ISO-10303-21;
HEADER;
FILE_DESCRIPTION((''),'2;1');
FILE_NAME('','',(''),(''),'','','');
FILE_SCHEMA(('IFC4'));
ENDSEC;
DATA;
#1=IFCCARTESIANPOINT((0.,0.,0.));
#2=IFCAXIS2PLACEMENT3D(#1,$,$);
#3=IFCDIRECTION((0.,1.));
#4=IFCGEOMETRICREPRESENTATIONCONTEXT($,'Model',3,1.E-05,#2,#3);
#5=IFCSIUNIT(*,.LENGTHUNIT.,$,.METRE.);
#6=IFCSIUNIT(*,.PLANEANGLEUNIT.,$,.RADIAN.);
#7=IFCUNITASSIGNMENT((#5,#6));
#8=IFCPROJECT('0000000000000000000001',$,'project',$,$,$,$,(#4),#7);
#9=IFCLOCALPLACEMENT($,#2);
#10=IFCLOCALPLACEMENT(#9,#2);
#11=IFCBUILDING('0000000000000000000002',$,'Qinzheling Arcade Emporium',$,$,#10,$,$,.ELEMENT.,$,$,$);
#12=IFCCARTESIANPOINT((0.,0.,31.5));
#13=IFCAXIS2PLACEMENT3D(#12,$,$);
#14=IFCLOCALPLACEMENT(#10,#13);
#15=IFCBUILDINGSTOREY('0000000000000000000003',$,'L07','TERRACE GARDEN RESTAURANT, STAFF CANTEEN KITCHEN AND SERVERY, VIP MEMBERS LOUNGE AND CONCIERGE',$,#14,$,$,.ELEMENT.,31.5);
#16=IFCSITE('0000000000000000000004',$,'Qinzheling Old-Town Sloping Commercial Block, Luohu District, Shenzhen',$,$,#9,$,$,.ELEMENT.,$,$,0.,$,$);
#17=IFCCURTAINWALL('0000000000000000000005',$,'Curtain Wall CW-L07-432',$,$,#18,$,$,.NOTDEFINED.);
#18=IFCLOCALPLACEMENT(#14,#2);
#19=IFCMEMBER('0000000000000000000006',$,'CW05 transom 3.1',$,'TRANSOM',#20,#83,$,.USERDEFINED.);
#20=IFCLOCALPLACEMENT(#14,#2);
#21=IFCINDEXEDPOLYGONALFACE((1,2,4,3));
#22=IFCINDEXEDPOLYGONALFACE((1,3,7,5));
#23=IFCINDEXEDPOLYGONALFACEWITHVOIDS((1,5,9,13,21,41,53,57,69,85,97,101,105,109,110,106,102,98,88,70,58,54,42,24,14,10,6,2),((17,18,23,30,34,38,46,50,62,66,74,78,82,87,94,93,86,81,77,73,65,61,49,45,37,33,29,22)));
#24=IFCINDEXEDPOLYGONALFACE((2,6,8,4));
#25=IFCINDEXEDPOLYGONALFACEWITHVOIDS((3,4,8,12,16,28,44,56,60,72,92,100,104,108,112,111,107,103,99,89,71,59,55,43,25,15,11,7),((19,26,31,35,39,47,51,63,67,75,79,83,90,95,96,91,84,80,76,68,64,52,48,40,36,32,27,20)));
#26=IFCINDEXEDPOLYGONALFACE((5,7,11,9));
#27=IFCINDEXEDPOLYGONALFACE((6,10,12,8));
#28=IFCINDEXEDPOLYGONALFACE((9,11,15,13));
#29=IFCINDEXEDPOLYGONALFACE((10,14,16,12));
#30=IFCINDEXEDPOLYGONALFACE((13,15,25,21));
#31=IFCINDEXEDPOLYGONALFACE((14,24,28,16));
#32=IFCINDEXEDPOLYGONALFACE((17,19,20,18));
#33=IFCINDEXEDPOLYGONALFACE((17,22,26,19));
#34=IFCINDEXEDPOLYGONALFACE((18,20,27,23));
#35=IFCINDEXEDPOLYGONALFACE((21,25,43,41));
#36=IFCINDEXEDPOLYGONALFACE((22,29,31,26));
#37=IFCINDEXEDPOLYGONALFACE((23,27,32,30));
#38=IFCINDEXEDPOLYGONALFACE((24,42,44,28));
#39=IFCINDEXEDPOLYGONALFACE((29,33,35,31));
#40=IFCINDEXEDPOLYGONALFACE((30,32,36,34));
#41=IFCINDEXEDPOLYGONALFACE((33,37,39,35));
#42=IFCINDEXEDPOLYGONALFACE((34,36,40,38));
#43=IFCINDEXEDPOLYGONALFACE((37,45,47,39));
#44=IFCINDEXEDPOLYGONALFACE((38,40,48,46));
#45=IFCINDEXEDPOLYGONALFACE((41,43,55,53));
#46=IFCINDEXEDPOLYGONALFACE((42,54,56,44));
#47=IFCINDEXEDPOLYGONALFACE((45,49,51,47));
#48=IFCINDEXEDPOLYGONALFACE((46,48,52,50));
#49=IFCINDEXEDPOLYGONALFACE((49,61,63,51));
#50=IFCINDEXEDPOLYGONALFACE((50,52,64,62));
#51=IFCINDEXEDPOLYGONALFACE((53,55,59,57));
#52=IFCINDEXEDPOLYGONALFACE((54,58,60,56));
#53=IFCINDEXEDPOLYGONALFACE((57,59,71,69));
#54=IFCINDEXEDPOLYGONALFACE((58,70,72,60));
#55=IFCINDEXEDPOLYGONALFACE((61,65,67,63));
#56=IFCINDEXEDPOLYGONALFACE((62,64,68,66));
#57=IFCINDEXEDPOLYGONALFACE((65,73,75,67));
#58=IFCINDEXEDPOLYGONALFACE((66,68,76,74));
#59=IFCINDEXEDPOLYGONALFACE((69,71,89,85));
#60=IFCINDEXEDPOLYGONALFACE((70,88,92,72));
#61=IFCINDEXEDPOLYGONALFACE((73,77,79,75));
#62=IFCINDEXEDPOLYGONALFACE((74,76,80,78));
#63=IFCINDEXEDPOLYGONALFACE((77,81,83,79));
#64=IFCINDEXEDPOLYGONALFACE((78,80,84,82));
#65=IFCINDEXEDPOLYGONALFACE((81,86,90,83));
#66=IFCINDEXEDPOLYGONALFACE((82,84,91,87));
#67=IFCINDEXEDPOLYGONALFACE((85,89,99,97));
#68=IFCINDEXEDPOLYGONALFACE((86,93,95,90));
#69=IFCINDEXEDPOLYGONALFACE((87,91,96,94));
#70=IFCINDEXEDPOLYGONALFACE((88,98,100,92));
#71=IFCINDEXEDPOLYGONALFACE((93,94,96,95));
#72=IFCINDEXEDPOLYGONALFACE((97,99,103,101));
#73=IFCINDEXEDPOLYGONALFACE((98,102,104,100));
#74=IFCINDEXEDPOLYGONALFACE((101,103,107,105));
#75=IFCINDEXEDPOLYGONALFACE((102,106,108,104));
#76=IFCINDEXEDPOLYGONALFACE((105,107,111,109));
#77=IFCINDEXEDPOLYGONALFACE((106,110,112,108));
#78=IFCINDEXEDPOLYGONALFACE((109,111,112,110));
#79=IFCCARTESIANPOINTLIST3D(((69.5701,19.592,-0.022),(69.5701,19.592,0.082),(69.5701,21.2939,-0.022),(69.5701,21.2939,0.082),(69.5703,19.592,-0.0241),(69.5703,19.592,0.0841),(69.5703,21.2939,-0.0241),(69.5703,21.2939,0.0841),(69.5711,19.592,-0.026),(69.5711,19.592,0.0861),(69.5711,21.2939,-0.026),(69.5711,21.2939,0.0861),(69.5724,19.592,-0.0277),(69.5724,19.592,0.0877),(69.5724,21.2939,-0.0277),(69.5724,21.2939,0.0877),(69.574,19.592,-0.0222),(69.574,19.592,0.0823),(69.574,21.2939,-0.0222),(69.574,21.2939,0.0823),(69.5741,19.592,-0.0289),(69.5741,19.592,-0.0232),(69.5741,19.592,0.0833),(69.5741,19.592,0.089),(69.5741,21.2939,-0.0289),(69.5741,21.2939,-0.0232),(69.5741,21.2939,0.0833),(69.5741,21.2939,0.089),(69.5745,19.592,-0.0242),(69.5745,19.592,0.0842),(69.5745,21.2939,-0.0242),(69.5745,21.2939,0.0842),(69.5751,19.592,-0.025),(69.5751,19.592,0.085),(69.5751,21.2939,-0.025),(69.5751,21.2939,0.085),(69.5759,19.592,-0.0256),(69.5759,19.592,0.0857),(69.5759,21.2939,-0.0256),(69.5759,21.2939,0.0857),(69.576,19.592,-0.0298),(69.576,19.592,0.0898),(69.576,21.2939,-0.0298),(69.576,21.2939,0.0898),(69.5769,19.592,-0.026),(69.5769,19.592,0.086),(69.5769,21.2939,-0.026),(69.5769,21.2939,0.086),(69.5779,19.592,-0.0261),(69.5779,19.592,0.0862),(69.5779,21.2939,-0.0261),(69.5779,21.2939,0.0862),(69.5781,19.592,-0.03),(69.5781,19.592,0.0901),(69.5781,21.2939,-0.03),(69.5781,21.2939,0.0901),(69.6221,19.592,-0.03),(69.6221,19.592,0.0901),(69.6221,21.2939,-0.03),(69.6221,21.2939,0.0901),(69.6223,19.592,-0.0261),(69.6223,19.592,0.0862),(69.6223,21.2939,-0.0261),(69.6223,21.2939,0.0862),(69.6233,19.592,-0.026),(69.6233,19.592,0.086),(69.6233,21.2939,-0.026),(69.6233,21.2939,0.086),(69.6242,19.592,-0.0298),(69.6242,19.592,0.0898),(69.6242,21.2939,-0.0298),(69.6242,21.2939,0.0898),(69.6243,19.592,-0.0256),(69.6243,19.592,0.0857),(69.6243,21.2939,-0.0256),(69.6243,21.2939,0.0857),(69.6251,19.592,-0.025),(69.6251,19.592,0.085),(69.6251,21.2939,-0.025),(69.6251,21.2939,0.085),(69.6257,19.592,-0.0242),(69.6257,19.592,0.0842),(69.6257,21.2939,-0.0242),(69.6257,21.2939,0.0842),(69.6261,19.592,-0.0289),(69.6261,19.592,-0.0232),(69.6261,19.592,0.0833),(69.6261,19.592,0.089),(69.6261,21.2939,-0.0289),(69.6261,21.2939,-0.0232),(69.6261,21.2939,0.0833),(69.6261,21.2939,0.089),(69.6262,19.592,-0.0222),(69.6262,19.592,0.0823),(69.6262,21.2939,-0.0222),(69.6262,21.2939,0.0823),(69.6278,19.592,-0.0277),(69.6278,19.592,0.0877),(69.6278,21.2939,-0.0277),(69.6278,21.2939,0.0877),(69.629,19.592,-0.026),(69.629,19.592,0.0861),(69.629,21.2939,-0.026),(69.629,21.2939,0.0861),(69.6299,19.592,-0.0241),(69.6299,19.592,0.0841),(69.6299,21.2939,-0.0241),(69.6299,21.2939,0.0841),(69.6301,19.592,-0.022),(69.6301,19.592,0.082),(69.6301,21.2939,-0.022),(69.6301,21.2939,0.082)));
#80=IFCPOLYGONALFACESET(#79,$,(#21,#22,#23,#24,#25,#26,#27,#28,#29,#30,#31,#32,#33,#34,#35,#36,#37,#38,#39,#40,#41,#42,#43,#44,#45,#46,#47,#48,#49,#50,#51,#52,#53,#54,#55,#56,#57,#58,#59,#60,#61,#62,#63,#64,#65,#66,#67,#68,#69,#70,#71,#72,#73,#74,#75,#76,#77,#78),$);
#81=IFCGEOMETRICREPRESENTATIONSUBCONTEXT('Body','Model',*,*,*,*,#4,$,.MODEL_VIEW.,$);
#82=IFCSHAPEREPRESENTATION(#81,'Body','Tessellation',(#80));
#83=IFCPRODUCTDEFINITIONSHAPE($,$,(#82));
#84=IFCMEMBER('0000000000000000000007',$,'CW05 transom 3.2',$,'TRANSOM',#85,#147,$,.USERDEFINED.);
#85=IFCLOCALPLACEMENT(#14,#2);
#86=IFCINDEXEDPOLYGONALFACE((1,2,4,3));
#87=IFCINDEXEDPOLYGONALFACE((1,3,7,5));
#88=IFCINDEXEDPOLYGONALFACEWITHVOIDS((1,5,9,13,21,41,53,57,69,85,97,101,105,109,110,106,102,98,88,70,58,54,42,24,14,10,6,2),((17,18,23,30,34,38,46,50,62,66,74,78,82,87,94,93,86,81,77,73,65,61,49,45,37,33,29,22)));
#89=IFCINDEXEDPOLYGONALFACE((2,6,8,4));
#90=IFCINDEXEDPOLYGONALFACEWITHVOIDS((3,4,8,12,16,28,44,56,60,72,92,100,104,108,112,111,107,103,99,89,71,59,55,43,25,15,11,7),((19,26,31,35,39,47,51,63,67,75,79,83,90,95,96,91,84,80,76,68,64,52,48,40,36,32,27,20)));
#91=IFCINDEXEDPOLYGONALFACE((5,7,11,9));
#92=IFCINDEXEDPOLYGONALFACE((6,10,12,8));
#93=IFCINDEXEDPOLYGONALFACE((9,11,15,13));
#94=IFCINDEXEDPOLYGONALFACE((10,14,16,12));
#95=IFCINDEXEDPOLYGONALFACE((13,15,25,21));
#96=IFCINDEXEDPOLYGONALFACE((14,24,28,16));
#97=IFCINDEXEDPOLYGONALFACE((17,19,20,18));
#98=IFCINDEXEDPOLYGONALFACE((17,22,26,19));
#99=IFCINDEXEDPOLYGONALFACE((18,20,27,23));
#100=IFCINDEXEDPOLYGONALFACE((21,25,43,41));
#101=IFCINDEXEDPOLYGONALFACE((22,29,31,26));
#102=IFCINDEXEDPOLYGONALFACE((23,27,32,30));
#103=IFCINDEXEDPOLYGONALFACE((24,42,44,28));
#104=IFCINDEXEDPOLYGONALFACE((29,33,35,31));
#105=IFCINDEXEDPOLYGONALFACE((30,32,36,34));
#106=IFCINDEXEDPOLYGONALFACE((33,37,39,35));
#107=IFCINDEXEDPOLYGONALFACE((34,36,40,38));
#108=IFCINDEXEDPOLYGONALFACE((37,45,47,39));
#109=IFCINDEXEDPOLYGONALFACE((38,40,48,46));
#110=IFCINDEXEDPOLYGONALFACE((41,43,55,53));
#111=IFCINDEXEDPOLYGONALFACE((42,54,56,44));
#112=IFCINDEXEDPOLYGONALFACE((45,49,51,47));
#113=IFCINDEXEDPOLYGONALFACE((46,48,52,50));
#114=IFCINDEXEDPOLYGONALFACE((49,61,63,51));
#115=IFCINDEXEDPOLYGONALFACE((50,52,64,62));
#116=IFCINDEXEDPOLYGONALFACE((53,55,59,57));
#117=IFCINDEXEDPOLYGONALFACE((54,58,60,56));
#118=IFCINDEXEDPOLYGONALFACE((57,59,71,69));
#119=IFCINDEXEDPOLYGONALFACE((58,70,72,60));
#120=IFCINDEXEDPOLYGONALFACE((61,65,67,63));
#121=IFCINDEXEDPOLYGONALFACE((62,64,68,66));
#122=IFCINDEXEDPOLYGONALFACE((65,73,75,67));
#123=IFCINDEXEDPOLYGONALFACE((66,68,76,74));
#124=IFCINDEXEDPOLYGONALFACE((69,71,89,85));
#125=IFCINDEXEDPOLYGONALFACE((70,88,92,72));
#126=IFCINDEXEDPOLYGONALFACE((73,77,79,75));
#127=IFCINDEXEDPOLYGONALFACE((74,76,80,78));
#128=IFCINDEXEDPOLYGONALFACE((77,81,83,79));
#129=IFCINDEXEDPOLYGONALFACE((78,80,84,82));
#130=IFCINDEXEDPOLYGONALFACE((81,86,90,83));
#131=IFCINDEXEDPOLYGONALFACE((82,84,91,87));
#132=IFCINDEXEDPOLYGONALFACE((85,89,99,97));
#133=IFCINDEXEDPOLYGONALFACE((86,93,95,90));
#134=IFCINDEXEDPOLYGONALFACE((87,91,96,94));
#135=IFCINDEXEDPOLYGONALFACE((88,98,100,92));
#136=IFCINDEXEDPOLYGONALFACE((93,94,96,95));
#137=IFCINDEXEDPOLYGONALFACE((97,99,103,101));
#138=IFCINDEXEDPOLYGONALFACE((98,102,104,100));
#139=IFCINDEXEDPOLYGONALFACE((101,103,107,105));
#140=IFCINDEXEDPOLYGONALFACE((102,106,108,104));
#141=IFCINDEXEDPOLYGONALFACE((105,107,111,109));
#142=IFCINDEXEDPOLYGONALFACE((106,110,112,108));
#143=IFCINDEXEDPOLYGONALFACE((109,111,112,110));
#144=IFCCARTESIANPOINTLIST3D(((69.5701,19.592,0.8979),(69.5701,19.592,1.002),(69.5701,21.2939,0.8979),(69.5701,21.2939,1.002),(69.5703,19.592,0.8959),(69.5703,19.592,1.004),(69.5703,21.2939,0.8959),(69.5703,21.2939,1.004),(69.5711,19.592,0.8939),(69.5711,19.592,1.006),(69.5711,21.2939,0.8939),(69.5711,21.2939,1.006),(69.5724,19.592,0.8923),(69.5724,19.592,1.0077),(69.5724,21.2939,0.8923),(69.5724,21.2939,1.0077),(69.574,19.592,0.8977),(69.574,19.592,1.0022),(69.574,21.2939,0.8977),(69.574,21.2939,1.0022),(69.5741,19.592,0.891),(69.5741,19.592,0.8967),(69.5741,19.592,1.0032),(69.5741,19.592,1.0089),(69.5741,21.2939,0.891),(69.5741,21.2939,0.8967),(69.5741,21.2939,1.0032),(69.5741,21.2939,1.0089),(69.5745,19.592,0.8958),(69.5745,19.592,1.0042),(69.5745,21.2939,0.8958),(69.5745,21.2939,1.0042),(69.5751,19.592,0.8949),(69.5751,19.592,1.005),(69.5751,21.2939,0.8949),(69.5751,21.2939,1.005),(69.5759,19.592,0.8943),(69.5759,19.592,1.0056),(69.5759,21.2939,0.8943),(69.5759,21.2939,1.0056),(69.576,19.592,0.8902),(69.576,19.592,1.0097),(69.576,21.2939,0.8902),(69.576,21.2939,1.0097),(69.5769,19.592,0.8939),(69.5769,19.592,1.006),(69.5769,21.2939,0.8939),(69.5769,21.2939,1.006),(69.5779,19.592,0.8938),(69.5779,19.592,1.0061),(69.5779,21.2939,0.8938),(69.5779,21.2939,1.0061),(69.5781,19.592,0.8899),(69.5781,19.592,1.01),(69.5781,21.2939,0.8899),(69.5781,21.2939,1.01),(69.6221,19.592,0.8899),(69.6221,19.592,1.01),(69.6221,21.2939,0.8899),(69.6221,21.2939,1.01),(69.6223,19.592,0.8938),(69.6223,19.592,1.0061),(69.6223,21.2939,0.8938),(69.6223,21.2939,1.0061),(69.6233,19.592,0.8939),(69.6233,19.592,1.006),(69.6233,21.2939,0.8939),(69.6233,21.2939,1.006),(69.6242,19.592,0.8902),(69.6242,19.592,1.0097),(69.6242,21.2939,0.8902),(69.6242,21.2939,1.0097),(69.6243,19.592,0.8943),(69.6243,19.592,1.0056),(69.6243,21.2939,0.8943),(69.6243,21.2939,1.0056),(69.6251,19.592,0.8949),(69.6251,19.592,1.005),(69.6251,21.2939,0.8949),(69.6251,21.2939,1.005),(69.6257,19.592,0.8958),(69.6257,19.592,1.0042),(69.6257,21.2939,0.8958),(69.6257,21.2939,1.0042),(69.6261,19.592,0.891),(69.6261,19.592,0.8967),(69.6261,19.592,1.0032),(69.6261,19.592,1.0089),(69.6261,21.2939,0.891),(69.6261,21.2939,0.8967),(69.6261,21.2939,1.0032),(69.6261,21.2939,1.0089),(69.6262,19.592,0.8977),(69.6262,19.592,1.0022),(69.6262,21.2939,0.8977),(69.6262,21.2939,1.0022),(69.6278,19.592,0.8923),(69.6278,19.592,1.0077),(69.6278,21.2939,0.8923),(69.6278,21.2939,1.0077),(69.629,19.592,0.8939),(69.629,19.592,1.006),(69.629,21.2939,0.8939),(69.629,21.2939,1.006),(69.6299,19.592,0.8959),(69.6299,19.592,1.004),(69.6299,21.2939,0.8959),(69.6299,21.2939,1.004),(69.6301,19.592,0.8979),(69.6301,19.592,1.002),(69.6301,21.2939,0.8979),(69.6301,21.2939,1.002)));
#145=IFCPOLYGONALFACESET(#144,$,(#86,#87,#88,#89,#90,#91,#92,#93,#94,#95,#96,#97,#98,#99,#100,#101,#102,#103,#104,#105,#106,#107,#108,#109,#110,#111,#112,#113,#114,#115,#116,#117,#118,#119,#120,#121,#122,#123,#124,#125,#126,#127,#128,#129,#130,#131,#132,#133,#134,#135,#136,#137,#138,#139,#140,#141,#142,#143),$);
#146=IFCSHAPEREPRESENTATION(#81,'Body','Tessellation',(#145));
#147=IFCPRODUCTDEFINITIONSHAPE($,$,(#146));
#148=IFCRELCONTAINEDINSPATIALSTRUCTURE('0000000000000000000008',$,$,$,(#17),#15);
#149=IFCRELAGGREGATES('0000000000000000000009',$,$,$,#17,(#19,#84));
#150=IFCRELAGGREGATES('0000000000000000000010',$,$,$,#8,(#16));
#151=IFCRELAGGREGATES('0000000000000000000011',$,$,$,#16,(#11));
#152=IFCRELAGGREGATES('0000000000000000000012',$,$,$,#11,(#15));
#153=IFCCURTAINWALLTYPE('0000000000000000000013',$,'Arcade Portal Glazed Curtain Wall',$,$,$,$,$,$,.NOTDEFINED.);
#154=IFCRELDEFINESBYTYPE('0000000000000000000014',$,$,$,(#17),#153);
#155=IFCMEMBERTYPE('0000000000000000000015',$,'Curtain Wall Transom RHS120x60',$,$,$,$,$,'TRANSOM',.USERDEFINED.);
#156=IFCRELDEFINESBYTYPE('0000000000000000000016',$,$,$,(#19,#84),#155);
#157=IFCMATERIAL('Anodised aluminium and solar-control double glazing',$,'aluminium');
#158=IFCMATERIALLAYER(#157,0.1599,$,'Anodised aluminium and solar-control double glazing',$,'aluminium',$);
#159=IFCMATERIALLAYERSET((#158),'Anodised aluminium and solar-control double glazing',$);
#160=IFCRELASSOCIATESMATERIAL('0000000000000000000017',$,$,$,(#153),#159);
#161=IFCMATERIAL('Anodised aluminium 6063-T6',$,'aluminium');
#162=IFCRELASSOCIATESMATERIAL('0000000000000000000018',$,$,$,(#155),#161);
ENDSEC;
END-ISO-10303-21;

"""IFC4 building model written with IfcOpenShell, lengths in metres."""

from ifc_helpers import new_model, si_unit, direction, frame, origin, origin_2d, place, context, subcontext, project, spatial, hollow_rectangle, extrude, material, layer, layer_set, material_profile, profile_set, type_object, element, aggregate, save


model = new_model("IFC4")

# Units and contexts
model_context = context("Model", 3, precision=1e-05, world=origin(), true_north=direction((0.0, 1.0)))
body_context = subcontext(model_context, "Body", "Model", "MODEL_VIEW")
ifc_project = project(units=[si_unit("LENGTHUNIT", "METRE"), si_unit("PLANEANGLEUNIT", "RADIAN")], contexts=[model_context])

# Site, building, storey
site_placement = place(None, origin())
site = spatial("IfcSite", under=ifc_project, at=site_placement, Name="Qinzheling Old-Town Sloping Commercial Block, Luohu District, Shenzhen", CompositionType="ELEMENT", RefElevation=0.0)
building_placement = place(site_placement, origin())
building = spatial("IfcBuilding", under=site, at=building_placement, Name="Qinzheling Arcade Emporium", CompositionType="ELEMENT")
storey_placement = place(building_placement, frame((0.0, 0.0, 31.5)))
storey = spatial("IfcBuildingStorey", under=building, at=storey_placement, Name="L07", Description="TERRACE GARDEN RESTAURANT, STAFF CANTEEN KITCHEN AND SERVERY, VIP MEMBERS LOUNGE AND CONCIERGE", CompositionType="ELEMENT", Elevation=31.5)

# Curtain wall, members
ifc_material_1 = material(Name="Anodised aluminium and solar-control double glazing", Category="aluminium")
ifc_layer_1 = layer(ifc_material_1, 0.1599, Name="Anodised aluminium and solar-control double glazing", Category="aluminium")
ifc_layer_set_1 = layer_set([ifc_layer_1], Name="Anodised aluminium and solar-control double glazing")
curtain_wall_type = type_object("IfcCurtainWallType", Name="Arcade Portal Glazed Curtain Wall", PredefinedType="NOTDEFINED", material=ifc_layer_set_1)
curtain_wall_placement = place(storey_placement, origin())
curtain_wall = element("IfcCurtainWall", 1, at=curtain_wall_placement, inside=storey, type_object=curtain_wall_type, Name="Curtain Wall CW-L07-432", PredefinedType="NOTDEFINED")
ifc_material_2 = material(Name="Anodised aluminium 6063-T6", Category="aluminium")
ifc_material_profile_1 = material_profile(ifc_material_2, hollow_rectangle(XDim=0.0601, YDim=0.1201, WallThickness=0.0039, InnerFilletRadius=0.0039, OuterFilletRadius=0.0081, at=origin_2d()), Name="RHS 120x60x4", Category="aluminium")
ifc_profile_set_1 = profile_set([ifc_material_profile_1], Name="Anodised aluminium 6063-T6")
member_type_1 = type_object("IfcMemberType", Name="Curtain Wall Transom RHS120x60", ElementType="TRANSOM", PredefinedType="USERDEFINED", material=ifc_profile_set_1)
member_1_placement = place(storey_placement, frame((69.6001, 21.2939, 0.03), z_axis=(0.0, -1.0, 0.0), x_axis=(1.0, 0.0, 0.0)))
member_1 = element("IfcMember", 2, at=member_1_placement, type_object=member_type_1, Name="CW05 transom 3.1", ObjectType="TRANSOM", PredefinedType="USERDEFINED", context=body_context, shape_type="SweptSolid", body=[
    extrude(hollow_rectangle(XDim=0.0601, YDim=0.1201, WallThickness=0.0039, InnerFilletRadius=0.0039, OuterFilletRadius=0.0081, at=origin_2d()), origin(), (0.0, 0.0, 1.0), 1.7019),
])
member_2_placement = place(storey_placement, frame((69.6001, 21.2939, 0.95), z_axis=(0.0, -1.0, 0.0), x_axis=(1.0, 0.0, 0.0)))
member_2 = element("IfcMember", 3, at=member_2_placement, type_object=member_type_1, Name="CW05 transom 3.2", ObjectType="TRANSOM", PredefinedType="USERDEFINED", context=body_context, shape_type="SweptSolid", body=[
    extrude(hollow_rectangle(XDim=0.0601, YDim=0.1201, WallThickness=0.0039, InnerFilletRadius=0.0039, OuterFilletRadius=0.0081, at=origin_2d()), origin(), (0.0, 0.0, 1.0), 1.7019),
])
aggregate(curtain_wall, [member_1, member_2])

save(model, "model.ifc")
